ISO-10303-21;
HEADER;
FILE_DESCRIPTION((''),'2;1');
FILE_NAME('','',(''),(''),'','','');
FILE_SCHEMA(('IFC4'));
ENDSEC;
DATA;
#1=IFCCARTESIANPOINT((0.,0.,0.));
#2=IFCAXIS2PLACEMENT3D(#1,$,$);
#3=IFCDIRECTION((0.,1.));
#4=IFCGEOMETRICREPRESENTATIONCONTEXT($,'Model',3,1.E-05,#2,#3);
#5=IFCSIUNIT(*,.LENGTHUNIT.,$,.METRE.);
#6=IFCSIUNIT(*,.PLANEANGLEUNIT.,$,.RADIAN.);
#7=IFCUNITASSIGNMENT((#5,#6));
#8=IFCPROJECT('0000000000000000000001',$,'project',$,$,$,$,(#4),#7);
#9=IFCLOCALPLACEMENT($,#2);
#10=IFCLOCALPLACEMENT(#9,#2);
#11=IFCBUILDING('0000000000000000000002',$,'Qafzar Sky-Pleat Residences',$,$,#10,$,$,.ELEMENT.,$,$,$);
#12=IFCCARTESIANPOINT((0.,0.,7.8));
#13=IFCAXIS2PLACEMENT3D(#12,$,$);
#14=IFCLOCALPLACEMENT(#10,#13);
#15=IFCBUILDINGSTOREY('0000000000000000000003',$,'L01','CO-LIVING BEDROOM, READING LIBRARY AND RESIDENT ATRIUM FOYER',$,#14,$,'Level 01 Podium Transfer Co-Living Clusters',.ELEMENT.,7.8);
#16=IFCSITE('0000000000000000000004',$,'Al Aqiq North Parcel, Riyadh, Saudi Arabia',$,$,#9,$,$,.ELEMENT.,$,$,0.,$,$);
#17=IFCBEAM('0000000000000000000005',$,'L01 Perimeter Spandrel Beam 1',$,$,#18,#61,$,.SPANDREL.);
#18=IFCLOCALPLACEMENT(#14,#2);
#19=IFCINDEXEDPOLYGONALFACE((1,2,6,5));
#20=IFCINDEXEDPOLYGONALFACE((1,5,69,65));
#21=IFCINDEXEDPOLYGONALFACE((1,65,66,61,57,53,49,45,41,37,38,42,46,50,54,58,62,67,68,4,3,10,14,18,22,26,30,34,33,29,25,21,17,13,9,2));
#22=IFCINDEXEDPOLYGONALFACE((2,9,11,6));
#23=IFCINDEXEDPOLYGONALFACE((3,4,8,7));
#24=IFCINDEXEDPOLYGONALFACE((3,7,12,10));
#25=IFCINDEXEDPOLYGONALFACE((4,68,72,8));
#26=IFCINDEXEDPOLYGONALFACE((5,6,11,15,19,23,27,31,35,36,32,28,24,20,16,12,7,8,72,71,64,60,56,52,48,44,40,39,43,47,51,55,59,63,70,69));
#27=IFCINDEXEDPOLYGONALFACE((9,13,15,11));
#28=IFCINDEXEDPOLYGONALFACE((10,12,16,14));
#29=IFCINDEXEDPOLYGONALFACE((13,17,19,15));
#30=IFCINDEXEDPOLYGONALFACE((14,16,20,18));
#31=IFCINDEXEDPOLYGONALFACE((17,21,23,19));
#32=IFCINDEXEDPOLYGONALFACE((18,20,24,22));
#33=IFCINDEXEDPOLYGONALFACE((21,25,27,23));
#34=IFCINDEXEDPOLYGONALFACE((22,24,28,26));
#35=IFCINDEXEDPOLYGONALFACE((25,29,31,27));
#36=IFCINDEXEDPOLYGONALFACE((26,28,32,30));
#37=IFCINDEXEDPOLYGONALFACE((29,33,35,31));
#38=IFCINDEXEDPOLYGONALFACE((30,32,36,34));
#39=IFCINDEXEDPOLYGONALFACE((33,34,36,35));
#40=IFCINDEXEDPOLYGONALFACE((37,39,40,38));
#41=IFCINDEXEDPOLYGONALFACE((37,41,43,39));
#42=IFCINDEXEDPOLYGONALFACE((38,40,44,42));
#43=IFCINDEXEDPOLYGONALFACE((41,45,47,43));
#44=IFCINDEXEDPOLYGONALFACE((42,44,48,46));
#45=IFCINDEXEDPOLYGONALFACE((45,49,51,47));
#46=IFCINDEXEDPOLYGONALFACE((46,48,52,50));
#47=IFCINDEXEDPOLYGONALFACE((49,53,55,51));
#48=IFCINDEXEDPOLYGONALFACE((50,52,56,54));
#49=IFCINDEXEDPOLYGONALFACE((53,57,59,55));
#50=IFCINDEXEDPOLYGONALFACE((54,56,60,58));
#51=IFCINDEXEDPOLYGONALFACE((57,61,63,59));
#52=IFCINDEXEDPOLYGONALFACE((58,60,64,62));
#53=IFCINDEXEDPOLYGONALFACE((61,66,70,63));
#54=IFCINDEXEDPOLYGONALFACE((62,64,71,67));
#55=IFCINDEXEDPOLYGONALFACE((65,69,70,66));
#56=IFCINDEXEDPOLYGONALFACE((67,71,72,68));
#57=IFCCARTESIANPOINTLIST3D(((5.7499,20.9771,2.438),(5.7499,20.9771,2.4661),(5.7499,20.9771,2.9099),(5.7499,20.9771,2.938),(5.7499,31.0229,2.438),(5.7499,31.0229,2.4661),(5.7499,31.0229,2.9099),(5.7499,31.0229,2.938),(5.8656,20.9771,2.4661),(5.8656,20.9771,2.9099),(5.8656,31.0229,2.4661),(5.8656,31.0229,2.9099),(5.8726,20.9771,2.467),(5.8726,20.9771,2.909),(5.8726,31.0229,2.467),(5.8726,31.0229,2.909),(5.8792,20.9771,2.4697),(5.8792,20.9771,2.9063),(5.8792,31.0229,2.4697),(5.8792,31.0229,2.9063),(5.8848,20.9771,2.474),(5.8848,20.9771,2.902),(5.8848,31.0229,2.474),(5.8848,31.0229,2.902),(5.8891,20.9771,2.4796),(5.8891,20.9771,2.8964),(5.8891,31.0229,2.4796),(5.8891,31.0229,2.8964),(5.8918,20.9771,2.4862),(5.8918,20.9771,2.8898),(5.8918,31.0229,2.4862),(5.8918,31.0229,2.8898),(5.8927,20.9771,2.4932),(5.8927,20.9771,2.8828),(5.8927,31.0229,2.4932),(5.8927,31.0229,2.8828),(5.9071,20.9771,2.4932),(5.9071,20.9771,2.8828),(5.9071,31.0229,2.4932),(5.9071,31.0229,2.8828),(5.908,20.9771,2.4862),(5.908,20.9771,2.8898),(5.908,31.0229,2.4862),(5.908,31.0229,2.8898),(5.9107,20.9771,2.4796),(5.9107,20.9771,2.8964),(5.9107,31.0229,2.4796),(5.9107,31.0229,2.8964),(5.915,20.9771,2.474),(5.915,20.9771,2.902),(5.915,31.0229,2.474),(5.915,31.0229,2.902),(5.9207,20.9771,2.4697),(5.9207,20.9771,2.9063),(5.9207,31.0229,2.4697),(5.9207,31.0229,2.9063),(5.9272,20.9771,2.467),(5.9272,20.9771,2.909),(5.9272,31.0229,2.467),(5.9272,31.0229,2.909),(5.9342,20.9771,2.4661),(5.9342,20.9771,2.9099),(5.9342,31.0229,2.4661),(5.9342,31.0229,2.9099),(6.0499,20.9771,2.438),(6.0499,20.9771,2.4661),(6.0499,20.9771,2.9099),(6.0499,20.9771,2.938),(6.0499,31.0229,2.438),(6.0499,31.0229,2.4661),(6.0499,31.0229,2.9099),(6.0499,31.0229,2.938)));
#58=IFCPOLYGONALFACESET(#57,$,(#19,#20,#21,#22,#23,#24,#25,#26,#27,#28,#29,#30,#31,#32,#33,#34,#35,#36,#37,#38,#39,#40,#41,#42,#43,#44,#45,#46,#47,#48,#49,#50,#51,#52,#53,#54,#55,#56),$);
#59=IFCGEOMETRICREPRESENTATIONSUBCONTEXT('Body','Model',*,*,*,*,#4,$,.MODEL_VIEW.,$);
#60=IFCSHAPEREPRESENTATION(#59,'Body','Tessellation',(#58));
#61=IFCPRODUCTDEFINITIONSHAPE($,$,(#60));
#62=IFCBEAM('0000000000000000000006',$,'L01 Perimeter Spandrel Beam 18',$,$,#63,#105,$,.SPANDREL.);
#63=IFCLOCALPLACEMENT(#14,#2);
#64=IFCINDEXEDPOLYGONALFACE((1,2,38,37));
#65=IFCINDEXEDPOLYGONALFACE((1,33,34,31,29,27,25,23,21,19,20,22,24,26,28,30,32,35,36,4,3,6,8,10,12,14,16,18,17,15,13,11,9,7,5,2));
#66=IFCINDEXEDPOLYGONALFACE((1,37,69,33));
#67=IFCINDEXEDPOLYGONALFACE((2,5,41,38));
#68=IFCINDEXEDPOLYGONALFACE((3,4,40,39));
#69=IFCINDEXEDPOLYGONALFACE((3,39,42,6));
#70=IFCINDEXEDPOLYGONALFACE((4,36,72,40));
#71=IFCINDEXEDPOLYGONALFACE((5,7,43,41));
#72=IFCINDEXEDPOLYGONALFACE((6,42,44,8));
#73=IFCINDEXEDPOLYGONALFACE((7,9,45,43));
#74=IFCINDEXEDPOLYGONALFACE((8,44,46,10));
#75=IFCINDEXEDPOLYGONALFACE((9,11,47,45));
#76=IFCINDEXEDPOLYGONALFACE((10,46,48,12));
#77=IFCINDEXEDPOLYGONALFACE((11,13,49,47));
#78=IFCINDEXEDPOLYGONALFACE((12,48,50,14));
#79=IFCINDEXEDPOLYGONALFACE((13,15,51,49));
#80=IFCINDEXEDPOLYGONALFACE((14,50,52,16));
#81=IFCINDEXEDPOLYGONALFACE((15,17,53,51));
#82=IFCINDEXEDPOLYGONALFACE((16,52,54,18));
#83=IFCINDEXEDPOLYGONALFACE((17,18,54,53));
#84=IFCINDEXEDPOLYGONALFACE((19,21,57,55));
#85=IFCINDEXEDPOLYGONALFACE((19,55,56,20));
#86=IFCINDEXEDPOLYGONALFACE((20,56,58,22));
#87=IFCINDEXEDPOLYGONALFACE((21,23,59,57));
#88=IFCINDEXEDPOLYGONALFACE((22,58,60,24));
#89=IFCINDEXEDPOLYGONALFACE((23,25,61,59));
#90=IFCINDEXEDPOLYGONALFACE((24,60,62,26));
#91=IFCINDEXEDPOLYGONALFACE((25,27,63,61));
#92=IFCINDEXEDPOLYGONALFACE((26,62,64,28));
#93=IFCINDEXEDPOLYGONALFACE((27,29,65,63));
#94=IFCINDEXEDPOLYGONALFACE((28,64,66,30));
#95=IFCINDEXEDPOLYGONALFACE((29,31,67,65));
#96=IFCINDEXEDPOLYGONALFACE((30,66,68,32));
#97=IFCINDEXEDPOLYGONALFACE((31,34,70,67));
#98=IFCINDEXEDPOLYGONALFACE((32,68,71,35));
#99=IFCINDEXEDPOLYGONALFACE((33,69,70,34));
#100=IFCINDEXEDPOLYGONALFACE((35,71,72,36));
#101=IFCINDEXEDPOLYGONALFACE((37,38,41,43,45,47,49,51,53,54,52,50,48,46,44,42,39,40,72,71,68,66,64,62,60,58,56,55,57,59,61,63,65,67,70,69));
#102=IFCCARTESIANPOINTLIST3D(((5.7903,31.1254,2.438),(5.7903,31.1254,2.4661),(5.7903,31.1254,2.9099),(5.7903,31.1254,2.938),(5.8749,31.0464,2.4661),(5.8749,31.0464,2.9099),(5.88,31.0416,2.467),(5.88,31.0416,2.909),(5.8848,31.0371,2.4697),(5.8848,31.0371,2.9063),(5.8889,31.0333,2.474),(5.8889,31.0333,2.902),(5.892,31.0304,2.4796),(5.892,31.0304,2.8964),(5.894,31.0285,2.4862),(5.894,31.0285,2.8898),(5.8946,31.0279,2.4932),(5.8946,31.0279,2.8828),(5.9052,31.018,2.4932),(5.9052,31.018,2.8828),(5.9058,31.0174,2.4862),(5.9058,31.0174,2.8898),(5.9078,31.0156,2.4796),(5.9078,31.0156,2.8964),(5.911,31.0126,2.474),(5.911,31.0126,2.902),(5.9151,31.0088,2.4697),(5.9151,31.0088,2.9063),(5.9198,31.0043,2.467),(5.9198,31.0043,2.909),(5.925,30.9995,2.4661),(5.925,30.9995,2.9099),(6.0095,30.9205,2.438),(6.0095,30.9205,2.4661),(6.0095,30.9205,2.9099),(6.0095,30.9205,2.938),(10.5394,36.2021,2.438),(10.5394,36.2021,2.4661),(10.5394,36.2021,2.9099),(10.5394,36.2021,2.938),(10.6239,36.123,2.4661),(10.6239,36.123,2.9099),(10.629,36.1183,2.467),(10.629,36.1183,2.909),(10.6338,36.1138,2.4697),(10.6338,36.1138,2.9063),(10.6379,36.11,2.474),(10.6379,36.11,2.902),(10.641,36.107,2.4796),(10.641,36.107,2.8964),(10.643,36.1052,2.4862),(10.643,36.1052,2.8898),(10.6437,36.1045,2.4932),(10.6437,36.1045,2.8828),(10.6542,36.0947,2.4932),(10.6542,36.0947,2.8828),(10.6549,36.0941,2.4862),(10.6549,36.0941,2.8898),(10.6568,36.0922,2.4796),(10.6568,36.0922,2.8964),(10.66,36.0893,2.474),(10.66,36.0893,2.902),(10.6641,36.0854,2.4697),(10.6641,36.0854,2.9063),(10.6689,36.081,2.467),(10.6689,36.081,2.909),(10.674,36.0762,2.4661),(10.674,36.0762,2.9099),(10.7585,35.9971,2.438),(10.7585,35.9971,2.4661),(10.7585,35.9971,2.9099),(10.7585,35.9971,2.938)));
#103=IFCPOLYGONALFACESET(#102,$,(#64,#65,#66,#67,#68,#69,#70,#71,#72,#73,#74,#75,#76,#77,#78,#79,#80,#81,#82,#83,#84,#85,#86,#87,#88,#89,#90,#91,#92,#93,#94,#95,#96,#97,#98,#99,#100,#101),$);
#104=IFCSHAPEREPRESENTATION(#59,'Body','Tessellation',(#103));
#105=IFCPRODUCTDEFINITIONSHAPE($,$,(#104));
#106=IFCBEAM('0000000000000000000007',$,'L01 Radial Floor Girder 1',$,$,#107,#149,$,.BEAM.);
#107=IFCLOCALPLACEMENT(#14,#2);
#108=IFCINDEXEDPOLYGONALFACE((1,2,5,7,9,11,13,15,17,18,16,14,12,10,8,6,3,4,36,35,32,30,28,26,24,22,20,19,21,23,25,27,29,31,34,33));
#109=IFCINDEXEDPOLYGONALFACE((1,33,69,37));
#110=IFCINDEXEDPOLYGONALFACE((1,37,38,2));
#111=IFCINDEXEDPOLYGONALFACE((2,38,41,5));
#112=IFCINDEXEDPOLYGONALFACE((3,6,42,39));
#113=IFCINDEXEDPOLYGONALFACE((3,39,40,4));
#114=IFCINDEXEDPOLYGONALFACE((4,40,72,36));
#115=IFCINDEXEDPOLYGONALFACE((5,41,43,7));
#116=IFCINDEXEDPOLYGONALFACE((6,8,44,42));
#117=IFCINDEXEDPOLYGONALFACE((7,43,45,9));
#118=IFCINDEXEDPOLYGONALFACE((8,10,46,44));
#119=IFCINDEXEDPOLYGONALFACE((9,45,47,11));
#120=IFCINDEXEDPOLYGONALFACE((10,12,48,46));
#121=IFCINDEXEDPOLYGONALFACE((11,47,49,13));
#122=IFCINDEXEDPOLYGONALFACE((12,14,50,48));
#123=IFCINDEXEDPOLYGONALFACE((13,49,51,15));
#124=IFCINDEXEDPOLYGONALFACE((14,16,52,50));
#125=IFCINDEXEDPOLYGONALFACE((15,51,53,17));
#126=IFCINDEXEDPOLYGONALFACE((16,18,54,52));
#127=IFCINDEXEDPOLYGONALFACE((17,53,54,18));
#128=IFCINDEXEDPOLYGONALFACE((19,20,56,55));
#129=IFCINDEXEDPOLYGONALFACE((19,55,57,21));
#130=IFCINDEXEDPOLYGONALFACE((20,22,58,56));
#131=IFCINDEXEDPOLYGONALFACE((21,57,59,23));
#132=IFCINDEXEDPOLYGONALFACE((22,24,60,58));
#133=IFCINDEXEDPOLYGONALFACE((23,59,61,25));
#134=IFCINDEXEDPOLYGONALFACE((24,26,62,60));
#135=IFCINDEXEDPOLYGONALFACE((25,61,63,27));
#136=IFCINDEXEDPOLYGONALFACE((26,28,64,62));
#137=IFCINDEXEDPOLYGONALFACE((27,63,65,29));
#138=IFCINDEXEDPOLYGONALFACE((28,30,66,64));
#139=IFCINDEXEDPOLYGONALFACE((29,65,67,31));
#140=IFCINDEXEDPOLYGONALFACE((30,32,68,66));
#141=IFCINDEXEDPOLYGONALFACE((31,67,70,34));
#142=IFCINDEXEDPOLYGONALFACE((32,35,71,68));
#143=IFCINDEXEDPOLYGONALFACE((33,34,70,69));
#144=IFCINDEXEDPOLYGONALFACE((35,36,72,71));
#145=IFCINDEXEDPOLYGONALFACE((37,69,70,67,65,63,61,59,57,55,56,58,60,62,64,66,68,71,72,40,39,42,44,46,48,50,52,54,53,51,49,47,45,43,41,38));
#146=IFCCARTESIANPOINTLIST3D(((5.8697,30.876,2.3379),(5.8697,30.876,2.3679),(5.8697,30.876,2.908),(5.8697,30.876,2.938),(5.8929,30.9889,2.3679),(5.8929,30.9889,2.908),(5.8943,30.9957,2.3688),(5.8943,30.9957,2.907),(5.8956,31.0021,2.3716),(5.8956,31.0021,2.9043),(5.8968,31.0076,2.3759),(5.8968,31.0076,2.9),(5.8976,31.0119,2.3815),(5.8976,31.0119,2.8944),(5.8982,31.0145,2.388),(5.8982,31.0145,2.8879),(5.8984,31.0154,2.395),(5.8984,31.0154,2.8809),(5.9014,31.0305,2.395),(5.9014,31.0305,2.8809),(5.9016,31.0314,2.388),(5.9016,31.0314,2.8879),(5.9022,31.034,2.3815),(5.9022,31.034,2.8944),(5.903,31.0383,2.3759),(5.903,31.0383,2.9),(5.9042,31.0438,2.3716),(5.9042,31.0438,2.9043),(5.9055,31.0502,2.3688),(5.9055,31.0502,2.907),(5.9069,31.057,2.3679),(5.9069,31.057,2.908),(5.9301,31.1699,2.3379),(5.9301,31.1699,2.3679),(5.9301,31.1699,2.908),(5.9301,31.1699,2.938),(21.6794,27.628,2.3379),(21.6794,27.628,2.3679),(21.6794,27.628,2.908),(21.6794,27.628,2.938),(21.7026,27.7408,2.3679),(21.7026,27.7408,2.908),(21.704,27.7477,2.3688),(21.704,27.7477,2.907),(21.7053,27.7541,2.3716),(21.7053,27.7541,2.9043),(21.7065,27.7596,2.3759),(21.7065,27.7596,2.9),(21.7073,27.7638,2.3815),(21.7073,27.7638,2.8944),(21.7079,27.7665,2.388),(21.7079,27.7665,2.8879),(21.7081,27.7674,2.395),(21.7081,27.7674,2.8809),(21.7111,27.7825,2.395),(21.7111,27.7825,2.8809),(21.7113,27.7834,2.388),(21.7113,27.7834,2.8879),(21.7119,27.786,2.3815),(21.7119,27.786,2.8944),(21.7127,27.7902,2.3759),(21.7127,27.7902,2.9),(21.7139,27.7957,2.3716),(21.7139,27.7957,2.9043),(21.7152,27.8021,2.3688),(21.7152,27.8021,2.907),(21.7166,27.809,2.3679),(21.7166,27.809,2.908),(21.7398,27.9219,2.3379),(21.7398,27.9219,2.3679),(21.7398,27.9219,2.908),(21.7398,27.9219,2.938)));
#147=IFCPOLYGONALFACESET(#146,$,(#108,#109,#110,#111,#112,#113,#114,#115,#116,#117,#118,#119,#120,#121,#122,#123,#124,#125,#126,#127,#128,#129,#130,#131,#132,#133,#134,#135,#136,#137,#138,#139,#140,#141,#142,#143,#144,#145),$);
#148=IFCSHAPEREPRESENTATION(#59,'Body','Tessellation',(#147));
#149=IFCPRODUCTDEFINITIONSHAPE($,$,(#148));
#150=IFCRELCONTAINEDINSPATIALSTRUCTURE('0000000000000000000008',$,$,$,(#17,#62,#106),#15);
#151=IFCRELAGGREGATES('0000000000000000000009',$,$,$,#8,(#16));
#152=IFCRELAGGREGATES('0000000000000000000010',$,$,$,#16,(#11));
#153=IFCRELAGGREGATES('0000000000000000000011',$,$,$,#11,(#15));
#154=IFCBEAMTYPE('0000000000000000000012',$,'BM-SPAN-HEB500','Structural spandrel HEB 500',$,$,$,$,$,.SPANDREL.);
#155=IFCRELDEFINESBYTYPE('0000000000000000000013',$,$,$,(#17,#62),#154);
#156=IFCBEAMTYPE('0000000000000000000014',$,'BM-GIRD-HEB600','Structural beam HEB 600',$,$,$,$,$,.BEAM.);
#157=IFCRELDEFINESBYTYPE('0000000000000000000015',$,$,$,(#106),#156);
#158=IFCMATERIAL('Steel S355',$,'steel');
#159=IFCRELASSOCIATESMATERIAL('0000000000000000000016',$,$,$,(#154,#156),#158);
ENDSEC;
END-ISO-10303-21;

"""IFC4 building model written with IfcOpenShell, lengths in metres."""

from ifc_helpers import new_model, si_unit, direction, frame, origin, origin_2d, place, context, subcontext, project, spatial, i_section, extrude, source, transform, mapped, material, material_profile, profile_set, type_object, element, save


model = new_model("IFC4")

# Units and contexts
model_context = context("Model", 3, precision=1e-05, world=origin(), true_north=direction((0.0, 1.0)))
body_context = subcontext(model_context, "Body", "Model", "MODEL_VIEW")
ifc_project = project(units=[si_unit("LENGTHUNIT", "METRE"), si_unit("PLANEANGLEUNIT", "RADIAN")], contexts=[model_context])

# Site, building, storey
site_placement = place(None, origin())
site = spatial("IfcSite", under=ifc_project, at=site_placement, Name="Al Aqiq North Parcel, Riyadh, Saudi Arabia", CompositionType="ELEMENT", RefElevation=0.0)
building_placement = place(site_placement, origin())
building = spatial("IfcBuilding", under=site, at=building_placement, Name="Qafzar Sky-Pleat Residences", CompositionType="ELEMENT")
storey_placement = place(building_placement, frame((0.0, 0.0, 7.8)))
storey = spatial("IfcBuildingStorey", under=building, at=storey_placement, Name="L01", Description="CO-LIVING BEDROOM, READING LIBRARY AND RESIDENT ATRIUM FOYER", LongName="Level 01 Podium Transfer Co-Living Clusters", CompositionType="ELEMENT", Elevation=7.8)

# Beams
ifc_material_1 = material(Name="Steel S355", Category="steel")
ifc_material_profile_1 = material_profile(ifc_material_1, i_section(OverallWidth=0.3, OverallDepth=0.5, WebThickness=0.0144, FlangeThickness=0.0281, FilletRadius=0.0271, at=origin_2d()), Name="HEB 500")
ifc_profile_set_1 = profile_set([ifc_material_profile_1], Name="Steel S355")
beam_type_1 = type_object("IfcBeamType", Name="BM-SPAN-HEB500", Description="Structural spandrel HEB 500", PredefinedType="SPANDREL", material=ifc_profile_set_1)
shared_shape_1 = source(origin(), body_context, "Body", "SweptSolid", [
    extrude(i_section(OverallWidth=0.3, OverallDepth=0.5, WebThickness=0.0144, FlangeThickness=0.0281, FilletRadius=0.0271, at=origin_2d()), origin(), (0.0, 0.0, 1.0), 10.0459),
])
beam_1_placement = place(storey_placement, frame((5.8999, 31.0229, 2.688), z_axis=(0.0, -1.0, 0.0), x_axis=(1.0, 0.0, 0.0)))
element("IfcBeam", 1, at=beam_1_placement, inside=storey, type_object=beam_type_1, Name="L01 Perimeter Spandrel Beam 1", PredefinedType="SPANDREL", context=body_context, shape_type="MappedRepresentation", body=[
    mapped(shared_shape_1, transform((0.0, 0.0, 0.0), x_axis=(1.0, 0.0, 0.0), y_axis=(0.0, 1.0, 0.0), z_axis=(0.0, 0.0, 1.0), scale=1.0)),
])
shared_shape_2 = source(origin(), body_context, "Body", "SweptSolid", [
    extrude(i_section(OverallWidth=0.3, OverallDepth=0.5, WebThickness=0.0144, FlangeThickness=0.0281, FilletRadius=0.0271, at=origin_2d()), origin(), (0.0, 0.0, 1.0), 6.9517),
])
beam_2_placement = place(storey_placement, frame((10.6489, 36.0996, 2.688), z_axis=(-0.683149, -0.730279, 0.0), x_axis=(0.730279, -0.683149, 0.0)))
element("IfcBeam", 2, at=beam_2_placement, inside=storey, type_object=beam_type_1, Name="L01 Perimeter Spandrel Beam 18", PredefinedType="SPANDREL", context=body_context, shape_type="MappedRepresentation", body=[
    mapped(shared_shape_2, transform((0.0, 0.0, 0.0), x_axis=(1.0, 0.0, 0.0), y_axis=(0.0, 1.0, 0.0), z_axis=(0.0, 0.0, 1.0), scale=1.0)),
])
ifc_material_profile_2 = material_profile(ifc_material_1, i_section(OverallWidth=0.3, OverallDepth=0.6001, WebThickness=0.0154, FlangeThickness=0.03, FilletRadius=0.0271, at=origin_2d()), Name="HEB 600")
ifc_profile_set_2 = profile_set([ifc_material_profile_2], Name="Steel S355")
beam_type_2 = type_object("IfcBeamType", Name="BM-GIRD-HEB600", Description="Structural beam HEB 600", PredefinedType="BEAM", material=ifc_profile_set_2)
shared_shape_3 = source(origin(), body_context, "Body", "SweptSolid", [
    extrude(i_section(OverallWidth=0.3, OverallDepth=0.6001, WebThickness=0.0154, FlangeThickness=0.03, FilletRadius=0.0271, at=origin_2d()), origin(), (0.0, 0.0, 1.0), 16.1399),
])
beam_3_placement = place(storey_placement, frame((5.8999, 31.0229, 2.6379), z_axis=(0.979542, -0.201242, 0.0), x_axis=(0.201242, 0.979542, 0.0)))
element("IfcBeam", 3, at=beam_3_placement, inside=storey, type_object=beam_type_2, Name="L01 Radial Floor Girder 1", PredefinedType="BEAM", context=body_context, shape_type="MappedRepresentation", body=[
    mapped(shared_shape_3, transform((0.0, 0.0, 0.0), x_axis=(1.0, 0.0, 0.0), y_axis=(0.0, 1.0, 0.0), z_axis=(0.0, 0.0, 1.0), scale=1.0)),
])

save(model, "model.ifc")
